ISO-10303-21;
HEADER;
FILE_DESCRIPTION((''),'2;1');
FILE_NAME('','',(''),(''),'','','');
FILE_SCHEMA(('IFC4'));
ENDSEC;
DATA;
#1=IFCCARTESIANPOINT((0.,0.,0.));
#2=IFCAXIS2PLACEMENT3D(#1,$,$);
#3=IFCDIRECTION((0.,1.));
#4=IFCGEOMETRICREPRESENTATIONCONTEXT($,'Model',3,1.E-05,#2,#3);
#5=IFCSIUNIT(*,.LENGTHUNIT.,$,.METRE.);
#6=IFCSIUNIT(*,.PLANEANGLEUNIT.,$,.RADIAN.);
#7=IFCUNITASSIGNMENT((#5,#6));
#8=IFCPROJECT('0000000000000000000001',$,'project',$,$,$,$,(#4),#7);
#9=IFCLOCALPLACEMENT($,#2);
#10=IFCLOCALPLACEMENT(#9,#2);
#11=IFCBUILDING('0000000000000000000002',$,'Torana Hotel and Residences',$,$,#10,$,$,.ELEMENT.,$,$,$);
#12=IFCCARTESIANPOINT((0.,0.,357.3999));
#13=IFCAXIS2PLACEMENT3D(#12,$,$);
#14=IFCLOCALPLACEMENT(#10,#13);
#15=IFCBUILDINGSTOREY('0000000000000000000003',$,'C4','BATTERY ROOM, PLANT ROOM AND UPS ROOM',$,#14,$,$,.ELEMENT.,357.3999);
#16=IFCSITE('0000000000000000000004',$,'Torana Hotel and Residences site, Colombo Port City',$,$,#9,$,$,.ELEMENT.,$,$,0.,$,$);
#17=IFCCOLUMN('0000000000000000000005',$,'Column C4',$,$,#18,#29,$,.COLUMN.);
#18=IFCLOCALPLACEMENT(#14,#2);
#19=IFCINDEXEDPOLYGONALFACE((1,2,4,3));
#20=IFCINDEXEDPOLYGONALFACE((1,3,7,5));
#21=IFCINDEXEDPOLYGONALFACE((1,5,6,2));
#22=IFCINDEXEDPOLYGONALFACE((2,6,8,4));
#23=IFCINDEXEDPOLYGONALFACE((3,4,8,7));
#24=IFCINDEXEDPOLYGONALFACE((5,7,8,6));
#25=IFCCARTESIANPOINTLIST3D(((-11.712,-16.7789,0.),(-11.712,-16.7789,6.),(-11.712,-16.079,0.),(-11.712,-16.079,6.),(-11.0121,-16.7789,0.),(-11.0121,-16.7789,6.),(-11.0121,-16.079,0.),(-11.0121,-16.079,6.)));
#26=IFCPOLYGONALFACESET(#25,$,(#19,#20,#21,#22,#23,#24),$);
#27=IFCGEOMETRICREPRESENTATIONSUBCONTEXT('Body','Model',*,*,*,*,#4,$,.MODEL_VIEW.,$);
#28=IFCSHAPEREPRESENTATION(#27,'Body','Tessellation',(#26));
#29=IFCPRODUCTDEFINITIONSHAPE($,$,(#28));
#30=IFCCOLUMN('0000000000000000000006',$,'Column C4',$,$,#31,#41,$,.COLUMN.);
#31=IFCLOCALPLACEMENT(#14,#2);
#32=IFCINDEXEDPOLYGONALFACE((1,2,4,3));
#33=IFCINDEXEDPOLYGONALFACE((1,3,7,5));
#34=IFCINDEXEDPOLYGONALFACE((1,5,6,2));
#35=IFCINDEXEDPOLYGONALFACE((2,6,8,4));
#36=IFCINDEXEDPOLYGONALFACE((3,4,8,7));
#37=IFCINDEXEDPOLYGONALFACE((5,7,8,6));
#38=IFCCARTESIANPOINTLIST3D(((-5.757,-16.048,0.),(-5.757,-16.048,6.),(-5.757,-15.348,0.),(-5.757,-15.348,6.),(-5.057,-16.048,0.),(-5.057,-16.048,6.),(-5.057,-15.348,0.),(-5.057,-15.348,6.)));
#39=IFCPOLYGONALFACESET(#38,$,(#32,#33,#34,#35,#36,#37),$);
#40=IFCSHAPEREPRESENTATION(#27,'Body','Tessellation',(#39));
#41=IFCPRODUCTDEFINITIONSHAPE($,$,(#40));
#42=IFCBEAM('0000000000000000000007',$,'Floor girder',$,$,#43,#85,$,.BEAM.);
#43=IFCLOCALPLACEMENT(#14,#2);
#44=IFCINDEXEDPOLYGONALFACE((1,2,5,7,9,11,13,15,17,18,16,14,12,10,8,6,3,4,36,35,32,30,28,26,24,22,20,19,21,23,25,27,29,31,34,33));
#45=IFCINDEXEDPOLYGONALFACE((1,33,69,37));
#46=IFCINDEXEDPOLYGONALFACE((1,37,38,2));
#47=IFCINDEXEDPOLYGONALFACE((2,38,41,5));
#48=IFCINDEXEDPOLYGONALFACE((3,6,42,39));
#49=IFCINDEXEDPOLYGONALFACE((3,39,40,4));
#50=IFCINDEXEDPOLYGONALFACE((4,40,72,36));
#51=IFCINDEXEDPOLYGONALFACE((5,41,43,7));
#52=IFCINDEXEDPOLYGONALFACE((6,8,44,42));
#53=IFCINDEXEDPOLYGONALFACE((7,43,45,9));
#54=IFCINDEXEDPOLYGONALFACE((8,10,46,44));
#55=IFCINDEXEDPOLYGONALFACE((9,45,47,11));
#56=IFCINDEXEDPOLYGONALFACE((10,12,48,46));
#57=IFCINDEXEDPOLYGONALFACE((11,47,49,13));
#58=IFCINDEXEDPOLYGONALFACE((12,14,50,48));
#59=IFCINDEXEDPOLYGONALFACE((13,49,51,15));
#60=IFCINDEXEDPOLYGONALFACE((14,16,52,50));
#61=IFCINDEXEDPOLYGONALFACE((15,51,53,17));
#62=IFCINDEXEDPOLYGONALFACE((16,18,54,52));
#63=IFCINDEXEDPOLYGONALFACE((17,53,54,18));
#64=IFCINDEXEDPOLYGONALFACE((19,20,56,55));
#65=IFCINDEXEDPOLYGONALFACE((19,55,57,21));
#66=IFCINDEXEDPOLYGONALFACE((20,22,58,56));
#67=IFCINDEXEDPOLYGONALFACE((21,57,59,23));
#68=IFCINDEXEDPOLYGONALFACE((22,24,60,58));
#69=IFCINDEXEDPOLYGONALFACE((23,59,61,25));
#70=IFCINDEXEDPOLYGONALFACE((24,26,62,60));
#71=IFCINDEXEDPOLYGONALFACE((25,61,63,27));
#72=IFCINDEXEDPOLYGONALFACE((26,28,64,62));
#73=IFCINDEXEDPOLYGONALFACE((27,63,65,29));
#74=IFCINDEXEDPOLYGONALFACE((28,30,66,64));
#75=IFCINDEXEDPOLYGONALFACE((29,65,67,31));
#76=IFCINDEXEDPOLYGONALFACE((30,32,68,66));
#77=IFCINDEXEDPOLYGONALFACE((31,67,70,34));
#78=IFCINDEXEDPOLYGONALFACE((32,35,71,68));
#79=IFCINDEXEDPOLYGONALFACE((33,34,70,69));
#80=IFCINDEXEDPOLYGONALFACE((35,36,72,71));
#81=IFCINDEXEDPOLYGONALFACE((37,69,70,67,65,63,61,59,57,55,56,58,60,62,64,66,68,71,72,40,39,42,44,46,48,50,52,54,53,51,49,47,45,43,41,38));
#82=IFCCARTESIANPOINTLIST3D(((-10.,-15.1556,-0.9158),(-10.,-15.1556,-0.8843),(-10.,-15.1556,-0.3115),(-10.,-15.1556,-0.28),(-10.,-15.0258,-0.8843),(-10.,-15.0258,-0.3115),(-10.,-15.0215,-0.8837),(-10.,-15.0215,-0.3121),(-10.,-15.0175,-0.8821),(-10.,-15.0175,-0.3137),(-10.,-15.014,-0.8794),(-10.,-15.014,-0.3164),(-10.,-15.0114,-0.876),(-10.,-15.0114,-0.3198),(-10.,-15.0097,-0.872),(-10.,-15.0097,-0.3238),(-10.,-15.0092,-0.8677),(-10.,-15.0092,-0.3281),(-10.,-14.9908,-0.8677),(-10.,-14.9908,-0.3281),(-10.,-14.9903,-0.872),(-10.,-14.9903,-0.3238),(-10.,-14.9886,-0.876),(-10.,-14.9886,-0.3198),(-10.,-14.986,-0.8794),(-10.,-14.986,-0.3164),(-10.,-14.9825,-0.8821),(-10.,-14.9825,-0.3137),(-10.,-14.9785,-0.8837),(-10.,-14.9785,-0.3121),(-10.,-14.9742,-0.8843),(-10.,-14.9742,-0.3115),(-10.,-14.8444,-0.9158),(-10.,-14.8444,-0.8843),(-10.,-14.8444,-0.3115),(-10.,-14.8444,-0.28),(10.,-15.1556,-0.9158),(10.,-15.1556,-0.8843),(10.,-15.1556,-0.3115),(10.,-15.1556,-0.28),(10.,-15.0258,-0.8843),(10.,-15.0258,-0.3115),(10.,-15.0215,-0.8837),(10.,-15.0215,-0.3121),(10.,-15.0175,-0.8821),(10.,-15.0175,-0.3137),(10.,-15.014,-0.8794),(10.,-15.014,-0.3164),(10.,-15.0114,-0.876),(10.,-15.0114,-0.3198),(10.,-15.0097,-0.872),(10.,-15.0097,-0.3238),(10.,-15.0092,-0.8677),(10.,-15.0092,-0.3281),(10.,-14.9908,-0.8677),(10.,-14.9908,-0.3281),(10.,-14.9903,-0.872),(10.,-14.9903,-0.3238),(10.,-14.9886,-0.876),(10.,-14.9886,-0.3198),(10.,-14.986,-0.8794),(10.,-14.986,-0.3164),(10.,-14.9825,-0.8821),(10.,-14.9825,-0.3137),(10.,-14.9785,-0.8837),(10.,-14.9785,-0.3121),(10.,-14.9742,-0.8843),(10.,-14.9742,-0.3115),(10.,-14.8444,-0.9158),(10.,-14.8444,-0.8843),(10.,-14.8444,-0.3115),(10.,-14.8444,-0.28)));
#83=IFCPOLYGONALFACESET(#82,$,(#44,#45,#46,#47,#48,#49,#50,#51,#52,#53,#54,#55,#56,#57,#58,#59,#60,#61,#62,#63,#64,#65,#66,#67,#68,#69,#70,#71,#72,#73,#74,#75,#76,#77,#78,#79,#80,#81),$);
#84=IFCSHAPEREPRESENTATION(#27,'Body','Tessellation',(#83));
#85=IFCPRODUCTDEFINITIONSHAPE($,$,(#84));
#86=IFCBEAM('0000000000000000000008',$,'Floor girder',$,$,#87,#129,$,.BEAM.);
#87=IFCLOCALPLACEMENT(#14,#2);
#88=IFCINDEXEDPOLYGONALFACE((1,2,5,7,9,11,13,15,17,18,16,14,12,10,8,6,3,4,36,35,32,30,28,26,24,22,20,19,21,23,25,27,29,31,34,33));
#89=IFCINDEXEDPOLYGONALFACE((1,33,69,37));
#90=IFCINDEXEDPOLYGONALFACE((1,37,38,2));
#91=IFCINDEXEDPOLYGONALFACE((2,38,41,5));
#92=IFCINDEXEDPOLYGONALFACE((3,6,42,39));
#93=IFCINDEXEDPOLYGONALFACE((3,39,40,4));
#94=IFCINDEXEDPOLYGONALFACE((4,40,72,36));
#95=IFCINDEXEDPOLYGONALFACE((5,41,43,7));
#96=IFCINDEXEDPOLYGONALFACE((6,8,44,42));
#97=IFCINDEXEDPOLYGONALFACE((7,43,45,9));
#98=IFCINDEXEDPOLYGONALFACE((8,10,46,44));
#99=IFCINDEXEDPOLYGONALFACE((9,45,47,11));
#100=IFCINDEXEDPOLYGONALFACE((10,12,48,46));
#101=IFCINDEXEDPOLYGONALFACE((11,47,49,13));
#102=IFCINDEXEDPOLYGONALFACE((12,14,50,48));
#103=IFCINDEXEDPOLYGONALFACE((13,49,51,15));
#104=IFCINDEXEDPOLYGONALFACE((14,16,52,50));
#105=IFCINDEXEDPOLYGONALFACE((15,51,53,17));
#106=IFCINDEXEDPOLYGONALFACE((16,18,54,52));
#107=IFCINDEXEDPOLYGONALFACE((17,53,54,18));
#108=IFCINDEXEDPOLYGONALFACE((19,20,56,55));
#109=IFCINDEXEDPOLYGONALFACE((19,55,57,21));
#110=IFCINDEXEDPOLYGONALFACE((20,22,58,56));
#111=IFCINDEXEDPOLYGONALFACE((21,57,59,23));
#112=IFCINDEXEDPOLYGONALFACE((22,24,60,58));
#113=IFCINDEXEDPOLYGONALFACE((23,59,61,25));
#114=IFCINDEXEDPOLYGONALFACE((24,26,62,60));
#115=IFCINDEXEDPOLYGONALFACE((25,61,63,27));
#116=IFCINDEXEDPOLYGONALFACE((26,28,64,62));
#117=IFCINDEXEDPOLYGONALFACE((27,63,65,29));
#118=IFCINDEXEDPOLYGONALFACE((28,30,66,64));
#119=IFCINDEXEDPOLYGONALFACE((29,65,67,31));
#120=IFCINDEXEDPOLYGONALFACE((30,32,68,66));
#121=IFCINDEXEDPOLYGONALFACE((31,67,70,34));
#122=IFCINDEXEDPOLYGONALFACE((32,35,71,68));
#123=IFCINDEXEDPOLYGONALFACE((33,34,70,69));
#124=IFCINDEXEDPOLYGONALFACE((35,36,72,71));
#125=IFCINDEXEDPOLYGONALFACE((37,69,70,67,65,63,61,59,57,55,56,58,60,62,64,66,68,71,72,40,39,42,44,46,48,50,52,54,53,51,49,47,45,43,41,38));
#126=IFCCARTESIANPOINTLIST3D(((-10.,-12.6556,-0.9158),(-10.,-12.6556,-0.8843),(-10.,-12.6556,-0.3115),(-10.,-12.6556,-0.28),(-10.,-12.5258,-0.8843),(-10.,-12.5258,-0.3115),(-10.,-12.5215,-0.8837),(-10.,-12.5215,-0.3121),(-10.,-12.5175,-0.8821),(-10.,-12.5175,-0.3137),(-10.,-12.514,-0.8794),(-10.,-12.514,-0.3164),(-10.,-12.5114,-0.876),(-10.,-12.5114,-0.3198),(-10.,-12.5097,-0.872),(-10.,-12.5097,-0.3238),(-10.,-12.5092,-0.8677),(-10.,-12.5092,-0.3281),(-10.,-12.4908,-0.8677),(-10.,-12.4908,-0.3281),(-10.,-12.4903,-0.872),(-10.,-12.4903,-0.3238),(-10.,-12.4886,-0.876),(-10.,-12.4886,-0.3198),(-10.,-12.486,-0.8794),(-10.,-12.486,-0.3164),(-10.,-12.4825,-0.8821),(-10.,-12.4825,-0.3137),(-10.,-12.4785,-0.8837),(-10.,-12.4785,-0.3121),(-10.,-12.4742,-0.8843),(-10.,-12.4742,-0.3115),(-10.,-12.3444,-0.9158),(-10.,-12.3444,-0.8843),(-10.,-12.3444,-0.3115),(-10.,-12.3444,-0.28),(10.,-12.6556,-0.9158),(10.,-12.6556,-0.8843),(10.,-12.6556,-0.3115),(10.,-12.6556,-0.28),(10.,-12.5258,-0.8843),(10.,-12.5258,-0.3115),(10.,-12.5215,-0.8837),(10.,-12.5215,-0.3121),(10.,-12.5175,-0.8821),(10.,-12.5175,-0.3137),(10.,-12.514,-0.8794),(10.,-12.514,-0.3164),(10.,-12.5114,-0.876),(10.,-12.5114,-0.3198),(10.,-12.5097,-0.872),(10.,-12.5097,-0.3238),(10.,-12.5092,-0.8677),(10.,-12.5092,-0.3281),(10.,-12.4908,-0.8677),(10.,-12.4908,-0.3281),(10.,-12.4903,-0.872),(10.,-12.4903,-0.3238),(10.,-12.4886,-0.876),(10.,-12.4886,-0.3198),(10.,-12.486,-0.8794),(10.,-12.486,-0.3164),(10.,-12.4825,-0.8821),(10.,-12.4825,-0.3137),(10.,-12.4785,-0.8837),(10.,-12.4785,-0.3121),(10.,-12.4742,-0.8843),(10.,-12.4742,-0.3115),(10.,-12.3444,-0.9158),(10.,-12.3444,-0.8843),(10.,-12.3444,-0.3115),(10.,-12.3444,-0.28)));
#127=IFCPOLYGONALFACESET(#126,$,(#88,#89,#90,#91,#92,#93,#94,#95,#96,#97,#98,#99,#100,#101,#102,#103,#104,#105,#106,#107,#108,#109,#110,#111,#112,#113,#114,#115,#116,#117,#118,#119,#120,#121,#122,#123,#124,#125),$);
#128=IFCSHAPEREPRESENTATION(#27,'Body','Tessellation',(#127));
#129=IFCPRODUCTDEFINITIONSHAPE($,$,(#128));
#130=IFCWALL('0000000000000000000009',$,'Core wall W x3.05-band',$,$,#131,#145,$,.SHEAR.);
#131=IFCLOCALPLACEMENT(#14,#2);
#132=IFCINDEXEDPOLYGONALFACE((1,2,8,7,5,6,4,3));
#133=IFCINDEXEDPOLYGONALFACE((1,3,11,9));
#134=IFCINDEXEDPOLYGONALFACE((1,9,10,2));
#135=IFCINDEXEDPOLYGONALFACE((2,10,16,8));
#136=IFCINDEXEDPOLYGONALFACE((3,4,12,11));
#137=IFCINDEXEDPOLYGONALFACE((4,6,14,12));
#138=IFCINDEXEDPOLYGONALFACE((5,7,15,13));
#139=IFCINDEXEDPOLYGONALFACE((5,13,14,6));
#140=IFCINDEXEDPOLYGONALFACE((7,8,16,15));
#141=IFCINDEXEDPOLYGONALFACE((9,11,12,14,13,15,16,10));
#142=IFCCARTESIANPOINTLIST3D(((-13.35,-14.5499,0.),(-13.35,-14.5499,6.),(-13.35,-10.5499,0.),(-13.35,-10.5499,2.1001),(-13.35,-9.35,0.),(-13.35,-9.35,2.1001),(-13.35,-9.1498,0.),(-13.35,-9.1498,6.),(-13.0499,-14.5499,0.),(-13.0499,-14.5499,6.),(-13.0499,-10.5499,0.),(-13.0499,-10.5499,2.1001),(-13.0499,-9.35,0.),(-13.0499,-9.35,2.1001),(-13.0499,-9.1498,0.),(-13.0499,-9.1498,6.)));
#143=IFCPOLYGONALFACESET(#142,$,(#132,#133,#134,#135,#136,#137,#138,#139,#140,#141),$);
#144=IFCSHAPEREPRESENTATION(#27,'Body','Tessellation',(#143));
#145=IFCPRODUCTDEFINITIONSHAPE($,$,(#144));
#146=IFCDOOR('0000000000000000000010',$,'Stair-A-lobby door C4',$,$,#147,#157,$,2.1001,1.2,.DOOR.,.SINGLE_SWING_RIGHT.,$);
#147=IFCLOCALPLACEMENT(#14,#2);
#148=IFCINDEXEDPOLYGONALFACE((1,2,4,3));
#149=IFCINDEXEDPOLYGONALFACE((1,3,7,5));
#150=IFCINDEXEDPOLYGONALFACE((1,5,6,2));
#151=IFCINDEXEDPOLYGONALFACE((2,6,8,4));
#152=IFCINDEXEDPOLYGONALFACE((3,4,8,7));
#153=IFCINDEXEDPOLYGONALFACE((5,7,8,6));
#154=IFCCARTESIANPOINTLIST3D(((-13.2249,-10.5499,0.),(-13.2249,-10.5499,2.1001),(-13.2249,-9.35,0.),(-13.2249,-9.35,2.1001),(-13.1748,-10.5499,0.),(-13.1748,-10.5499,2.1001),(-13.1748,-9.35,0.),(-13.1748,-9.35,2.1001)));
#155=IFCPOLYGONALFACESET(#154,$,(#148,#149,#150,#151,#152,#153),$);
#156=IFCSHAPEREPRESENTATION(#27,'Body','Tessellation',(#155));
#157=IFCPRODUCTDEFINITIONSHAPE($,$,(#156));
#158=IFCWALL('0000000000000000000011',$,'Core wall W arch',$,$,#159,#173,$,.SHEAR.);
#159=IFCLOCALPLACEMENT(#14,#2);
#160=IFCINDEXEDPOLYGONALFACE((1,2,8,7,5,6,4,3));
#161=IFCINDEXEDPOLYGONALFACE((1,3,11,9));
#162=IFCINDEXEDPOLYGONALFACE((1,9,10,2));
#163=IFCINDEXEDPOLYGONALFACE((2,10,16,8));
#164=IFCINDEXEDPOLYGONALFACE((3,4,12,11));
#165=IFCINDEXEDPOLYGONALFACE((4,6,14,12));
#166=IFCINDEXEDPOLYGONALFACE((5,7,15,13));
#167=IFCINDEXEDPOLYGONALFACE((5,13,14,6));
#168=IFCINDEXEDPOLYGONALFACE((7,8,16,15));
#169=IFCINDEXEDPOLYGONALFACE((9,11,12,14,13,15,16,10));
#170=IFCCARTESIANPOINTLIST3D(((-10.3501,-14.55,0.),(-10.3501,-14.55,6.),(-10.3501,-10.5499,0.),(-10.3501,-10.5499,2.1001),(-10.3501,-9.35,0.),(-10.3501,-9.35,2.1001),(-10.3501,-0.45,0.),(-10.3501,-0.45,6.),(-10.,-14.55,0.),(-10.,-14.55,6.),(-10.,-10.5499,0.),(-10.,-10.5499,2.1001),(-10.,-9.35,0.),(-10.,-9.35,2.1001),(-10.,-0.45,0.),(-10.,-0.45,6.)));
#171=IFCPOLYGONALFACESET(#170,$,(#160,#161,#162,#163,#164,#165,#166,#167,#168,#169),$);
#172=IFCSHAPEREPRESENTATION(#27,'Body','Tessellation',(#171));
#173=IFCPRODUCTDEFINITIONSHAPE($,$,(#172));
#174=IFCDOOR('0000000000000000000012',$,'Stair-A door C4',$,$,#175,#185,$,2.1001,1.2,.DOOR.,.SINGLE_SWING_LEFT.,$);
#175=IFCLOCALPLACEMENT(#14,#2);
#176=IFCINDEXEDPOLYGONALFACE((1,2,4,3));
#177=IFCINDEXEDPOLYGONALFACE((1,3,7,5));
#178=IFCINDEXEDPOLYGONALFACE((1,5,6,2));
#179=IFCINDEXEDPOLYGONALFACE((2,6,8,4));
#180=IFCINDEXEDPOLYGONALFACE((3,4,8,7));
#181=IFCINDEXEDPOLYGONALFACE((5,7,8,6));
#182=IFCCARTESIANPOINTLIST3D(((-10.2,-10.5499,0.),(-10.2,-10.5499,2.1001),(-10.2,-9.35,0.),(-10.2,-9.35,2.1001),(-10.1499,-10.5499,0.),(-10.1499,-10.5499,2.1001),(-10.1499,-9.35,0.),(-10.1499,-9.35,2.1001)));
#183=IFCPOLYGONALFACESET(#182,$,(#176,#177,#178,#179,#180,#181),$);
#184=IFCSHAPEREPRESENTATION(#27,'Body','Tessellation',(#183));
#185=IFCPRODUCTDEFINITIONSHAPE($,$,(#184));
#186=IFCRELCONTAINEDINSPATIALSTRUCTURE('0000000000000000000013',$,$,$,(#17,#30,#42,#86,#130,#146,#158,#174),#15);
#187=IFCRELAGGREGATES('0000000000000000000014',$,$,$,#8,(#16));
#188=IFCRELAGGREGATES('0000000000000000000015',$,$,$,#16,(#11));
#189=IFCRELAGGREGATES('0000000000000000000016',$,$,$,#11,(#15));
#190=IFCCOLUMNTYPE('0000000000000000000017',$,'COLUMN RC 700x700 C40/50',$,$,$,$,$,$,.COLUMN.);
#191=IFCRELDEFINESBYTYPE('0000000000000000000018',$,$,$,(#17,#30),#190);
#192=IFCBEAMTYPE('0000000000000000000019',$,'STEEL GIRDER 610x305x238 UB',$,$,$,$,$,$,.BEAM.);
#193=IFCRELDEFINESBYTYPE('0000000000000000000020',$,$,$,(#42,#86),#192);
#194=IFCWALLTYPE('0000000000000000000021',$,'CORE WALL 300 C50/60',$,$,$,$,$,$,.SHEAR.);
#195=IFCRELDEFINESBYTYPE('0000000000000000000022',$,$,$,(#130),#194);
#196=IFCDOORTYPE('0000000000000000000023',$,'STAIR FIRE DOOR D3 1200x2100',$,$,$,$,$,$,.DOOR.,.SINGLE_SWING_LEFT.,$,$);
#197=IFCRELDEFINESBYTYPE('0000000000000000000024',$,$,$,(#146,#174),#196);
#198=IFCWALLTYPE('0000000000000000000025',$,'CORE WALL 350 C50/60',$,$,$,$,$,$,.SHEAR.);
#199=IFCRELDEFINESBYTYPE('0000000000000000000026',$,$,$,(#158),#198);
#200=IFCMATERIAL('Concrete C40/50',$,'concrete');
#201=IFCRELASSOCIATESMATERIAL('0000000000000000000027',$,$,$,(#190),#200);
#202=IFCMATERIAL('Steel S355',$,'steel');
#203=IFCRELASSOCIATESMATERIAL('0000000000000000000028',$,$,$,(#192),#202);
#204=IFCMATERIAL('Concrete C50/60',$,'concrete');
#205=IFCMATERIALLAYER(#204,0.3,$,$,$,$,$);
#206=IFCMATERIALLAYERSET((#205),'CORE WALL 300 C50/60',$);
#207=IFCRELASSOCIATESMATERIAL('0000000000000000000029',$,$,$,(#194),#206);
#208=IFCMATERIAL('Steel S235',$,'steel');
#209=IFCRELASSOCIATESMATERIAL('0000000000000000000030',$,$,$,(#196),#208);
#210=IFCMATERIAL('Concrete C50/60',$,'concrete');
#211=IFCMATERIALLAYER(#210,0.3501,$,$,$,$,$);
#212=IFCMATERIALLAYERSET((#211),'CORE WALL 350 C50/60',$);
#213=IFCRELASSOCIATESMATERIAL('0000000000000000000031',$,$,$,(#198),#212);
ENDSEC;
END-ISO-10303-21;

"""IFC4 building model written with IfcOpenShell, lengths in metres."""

from ifc_helpers import new_model, si_unit, direction, frame, frame_2d, origin, origin_2d, place, context, subcontext, project, spatial, rectangle, i_section, extrude, material, layer, layer_set, material_profile, profile_set, type_object, element, fill, save


model = new_model("IFC4")

# Units and contexts
model_context = context("Model", 3, precision=1e-05, world=origin(), true_north=direction((0.0, 1.0)))
body_context = subcontext(model_context, "Body", "Model", "MODEL_VIEW")
ifc_project = project(units=[si_unit("LENGTHUNIT", "METRE"), si_unit("PLANEANGLEUNIT", "RADIAN")], contexts=[model_context])

# Site, building, storey
site_placement = place(None, origin())
site = spatial("IfcSite", under=ifc_project, at=site_placement, Name="Torana Hotel and Residences site, Colombo Port City", CompositionType="ELEMENT", RefElevation=0.0)
building_placement = place(site_placement, origin())
building = spatial("IfcBuilding", under=site, at=building_placement, Name="Torana Hotel and Residences", CompositionType="ELEMENT")
storey_placement = place(building_placement, frame((0.0, 0.0, 357.3999)))
storey = spatial("IfcBuildingStorey", under=building, at=storey_placement, Name="C4", Description="BATTERY ROOM, PLANT ROOM AND UPS ROOM", CompositionType="ELEMENT", Elevation=357.3999)

# Columns
ifc_material_1 = material(Name="Concrete C40/50", Category="concrete")
ifc_material_profile_1 = material_profile(ifc_material_1, rectangle(XDim=0.7, YDim=0.7, at=origin_2d()), Name="RC 700x700")
ifc_profile_set_1 = profile_set([ifc_material_profile_1], Name="Concrete C40/50")
column_type = type_object("IfcColumnType", Name="COLUMN RC 700x700 C40/50", PredefinedType="COLUMN", material=ifc_profile_set_1)
for number, where, z_axis, x_axis, name in (
    (1, (-11.3621, -16.429, 0.0), (0.0, 0.0, 1.0), (1.0, 0.0, 0.0), "Column C4"),
    (2, (-5.407, -15.698, 0.0), (0.0, 0.0, 1.0), (1.0, 0.0, 0.0), "Column C4"),
):
    element("IfcColumn", number, at=place(storey_placement, frame(where, z_axis=z_axis, x_axis=x_axis)), inside=storey, type_object=column_type, Name=name, PredefinedType="COLUMN", context=body_context, shape_type="SweptSolid", body=[
        extrude(rectangle(XDim=0.7, YDim=0.7, at=origin_2d()), origin(), (0.0, 0.0, 1.0), 6.0),
    ])

# Beams
ifc_material_2 = material(Name="Steel S355", Category="steel")
ifc_material_profile_2 = material_profile(ifc_material_2, i_section(OverallWidth=0.3113, OverallDepth=0.6357, WebThickness=0.0183, FlangeThickness=0.0315, FilletRadius=0.0166, at=origin_2d()), Name="610x305x238 UB")
ifc_profile_set_2 = profile_set([ifc_material_profile_2], Name="Steel S355")
beam_type = type_object("IfcBeamType", Name="STEEL GIRDER 610x305x238 UB", PredefinedType="BEAM", material=ifc_profile_set_2)
for number, where, z_axis, x_axis, name in (
    (3, (-10.0, -15.0, -0.5979), (1.0, 0.0, 0.0), (0.0, 1.0, 0.0), "Floor girder"),
    (4, (-10.0, -12.5, -0.5979), (1.0, 0.0, 0.0), (0.0, 1.0, 0.0), "Floor girder"),
):
    element("IfcBeam", number, at=place(storey_placement, frame(where, z_axis=z_axis, x_axis=x_axis)), inside=storey, type_object=beam_type, Name=name, PredefinedType="BEAM", context=body_context, shape_type="SweptSolid", body=[
        extrude(i_section(OverallWidth=0.3113, OverallDepth=0.6357, WebThickness=0.0183, FlangeThickness=0.0315, FilletRadius=0.0166, at=origin_2d()), origin(), (0.0, 0.0, 1.0), 20.0),
    ])

# Walls, openings, doors
ifc_material_3 = material(Name="Concrete C50/60", Category="concrete")
ifc_layer_1 = layer(ifc_material_3, 0.3)
ifc_layer_set_1 = layer_set([ifc_layer_1], Name="CORE WALL 300 C50/60")
wall_type_1 = type_object("IfcWallType", Name="CORE WALL 300 C50/60", PredefinedType="SHEAR", material=ifc_layer_set_1)
wall_1_placement = place(storey_placement, frame((-13.2, -14.55, 0.0), z_axis=(0.0, 0.0, 1.0), x_axis=(0.0, 1.0, 0.0)))
wall_1 = element("IfcWall", 5, at=wall_1_placement, inside=storey, type_object=wall_type_1, Name="Core wall W x3.05-band", PredefinedType="SHEAR", context=body_context, shape_type="SweptSolid", body=[
    extrude(rectangle(XDim=5.4001, YDim=0.3, at=frame_2d((2.7002, 0.0))), origin(), (0.0, 0.0, 1.0), 6.0),
])
opening_1_placement = place(wall_1_placement, frame((4.0, 0.0, 0.0)))
opening_1 = element("IfcOpeningElement", 6, at=opening_1_placement, cuts=wall_1, PredefinedType="OPENING", context=body_context, shape_type="SweptSolid", body=[
    extrude(rectangle(XDim=1.2, YDim=2.1001, at=frame_2d((0.6001, 1.05))), frame((0.0, 0.1599, 0.0), z_axis=(0.0, -1.0, 0.0), x_axis=(1.0, 0.0, 0.0)), (0.0, 0.0, 1.0), 0.3201),
])
ifc_material_4 = material(Name="Steel S235", Category="steel")
door_type_1 = type_object("IfcDoorType", Name="STAIR FIRE DOOR D3 1200x2100", OperationType="SINGLE_SWING_LEFT", PredefinedType="DOOR", material=ifc_material_4)
door_1_placement = place(opening_1_placement, frame((0.6001, 0.0, 0.0), z_axis=(0.0, 0.0, 1.0), x_axis=(-1.0, 0.0, 0.0)))
door_1 = element("IfcDoor", 7, at=door_1_placement, inside=storey, type_object=door_type_1, Name="Stair-A-lobby door C4", OperationType="SINGLE_SWING_RIGHT", OverallHeight=2.1001, OverallWidth=1.2, PredefinedType="DOOR", context=body_context, shape_type="SweptSolid", body=[
    extrude(rectangle(XDim=1.2, YDim=2.1001, at=frame_2d((0.0, 1.05))), frame((0.0, -0.0249, 0.0), z_axis=(0.0, 1.0, 0.0), x_axis=(-1.0, 0.0, 0.0)), (0.0, 0.0, 1.0), 0.05),
])
fill(opening_1, door_1)
ifc_material_5 = material(Name="Concrete C50/60", Category="concrete")
ifc_layer_2 = layer(ifc_material_5, 0.3501)
ifc_layer_set_2 = layer_set([ifc_layer_2], Name="CORE WALL 350 C50/60")
wall_type_2 = type_object("IfcWallType", Name="CORE WALL 350 C50/60", PredefinedType="SHEAR", material=ifc_layer_set_2)
wall_2_placement = place(storey_placement, frame((-10.175, -14.55, 0.0), z_axis=(0.0, 0.0, 1.0), x_axis=(0.0, 1.0, 0.0)))
wall_2 = element("IfcWall", 8, at=wall_2_placement, inside=storey, type_object=wall_type_2, Name="Core wall W arch", PredefinedType="SHEAR", context=body_context, shape_type="SweptSolid", body=[
    extrude(rectangle(XDim=14.1001, YDim=0.3501, at=frame_2d((7.05, 0.0))), origin(), (0.0, 0.0, 1.0), 6.0),
])
opening_2_placement = place(wall_2_placement, frame((4.0, 0.0, 0.0)))
opening_2 = element("IfcOpeningElement", 9, at=opening_2_placement, cuts=wall_2, PredefinedType="OPENING", context=body_context, shape_type="SweptSolid", body=[
    extrude(rectangle(XDim=1.2, YDim=2.1001, at=frame_2d((0.6001, 1.05))), frame((0.0, 0.1851, 0.0), z_axis=(0.0, -1.0, 0.0), x_axis=(1.0, 0.0, 0.0)), (0.0, 0.0, 1.0), 0.3701),
])
door_2_placement = place(opening_2_placement, origin())
door_2 = element("IfcDoor", 10, at=door_2_placement, inside=storey, type_object=door_type_1, Name="Stair-A door C4", OperationType="SINGLE_SWING_LEFT", OverallHeight=2.1001, OverallWidth=1.2, PredefinedType="DOOR", context=body_context, shape_type="SweptSolid", body=[
    extrude(rectangle(XDim=1.2, YDim=2.1001, at=frame_2d((0.6001, 1.05))), frame((0.0, 0.0249, 0.0), z_axis=(0.0, -1.0, 0.0), x_axis=(1.0, 0.0, 0.0)), (0.0, 0.0, 1.0), 0.05),
])
fill(opening_2, door_2)

save(model, "model.ifc")
